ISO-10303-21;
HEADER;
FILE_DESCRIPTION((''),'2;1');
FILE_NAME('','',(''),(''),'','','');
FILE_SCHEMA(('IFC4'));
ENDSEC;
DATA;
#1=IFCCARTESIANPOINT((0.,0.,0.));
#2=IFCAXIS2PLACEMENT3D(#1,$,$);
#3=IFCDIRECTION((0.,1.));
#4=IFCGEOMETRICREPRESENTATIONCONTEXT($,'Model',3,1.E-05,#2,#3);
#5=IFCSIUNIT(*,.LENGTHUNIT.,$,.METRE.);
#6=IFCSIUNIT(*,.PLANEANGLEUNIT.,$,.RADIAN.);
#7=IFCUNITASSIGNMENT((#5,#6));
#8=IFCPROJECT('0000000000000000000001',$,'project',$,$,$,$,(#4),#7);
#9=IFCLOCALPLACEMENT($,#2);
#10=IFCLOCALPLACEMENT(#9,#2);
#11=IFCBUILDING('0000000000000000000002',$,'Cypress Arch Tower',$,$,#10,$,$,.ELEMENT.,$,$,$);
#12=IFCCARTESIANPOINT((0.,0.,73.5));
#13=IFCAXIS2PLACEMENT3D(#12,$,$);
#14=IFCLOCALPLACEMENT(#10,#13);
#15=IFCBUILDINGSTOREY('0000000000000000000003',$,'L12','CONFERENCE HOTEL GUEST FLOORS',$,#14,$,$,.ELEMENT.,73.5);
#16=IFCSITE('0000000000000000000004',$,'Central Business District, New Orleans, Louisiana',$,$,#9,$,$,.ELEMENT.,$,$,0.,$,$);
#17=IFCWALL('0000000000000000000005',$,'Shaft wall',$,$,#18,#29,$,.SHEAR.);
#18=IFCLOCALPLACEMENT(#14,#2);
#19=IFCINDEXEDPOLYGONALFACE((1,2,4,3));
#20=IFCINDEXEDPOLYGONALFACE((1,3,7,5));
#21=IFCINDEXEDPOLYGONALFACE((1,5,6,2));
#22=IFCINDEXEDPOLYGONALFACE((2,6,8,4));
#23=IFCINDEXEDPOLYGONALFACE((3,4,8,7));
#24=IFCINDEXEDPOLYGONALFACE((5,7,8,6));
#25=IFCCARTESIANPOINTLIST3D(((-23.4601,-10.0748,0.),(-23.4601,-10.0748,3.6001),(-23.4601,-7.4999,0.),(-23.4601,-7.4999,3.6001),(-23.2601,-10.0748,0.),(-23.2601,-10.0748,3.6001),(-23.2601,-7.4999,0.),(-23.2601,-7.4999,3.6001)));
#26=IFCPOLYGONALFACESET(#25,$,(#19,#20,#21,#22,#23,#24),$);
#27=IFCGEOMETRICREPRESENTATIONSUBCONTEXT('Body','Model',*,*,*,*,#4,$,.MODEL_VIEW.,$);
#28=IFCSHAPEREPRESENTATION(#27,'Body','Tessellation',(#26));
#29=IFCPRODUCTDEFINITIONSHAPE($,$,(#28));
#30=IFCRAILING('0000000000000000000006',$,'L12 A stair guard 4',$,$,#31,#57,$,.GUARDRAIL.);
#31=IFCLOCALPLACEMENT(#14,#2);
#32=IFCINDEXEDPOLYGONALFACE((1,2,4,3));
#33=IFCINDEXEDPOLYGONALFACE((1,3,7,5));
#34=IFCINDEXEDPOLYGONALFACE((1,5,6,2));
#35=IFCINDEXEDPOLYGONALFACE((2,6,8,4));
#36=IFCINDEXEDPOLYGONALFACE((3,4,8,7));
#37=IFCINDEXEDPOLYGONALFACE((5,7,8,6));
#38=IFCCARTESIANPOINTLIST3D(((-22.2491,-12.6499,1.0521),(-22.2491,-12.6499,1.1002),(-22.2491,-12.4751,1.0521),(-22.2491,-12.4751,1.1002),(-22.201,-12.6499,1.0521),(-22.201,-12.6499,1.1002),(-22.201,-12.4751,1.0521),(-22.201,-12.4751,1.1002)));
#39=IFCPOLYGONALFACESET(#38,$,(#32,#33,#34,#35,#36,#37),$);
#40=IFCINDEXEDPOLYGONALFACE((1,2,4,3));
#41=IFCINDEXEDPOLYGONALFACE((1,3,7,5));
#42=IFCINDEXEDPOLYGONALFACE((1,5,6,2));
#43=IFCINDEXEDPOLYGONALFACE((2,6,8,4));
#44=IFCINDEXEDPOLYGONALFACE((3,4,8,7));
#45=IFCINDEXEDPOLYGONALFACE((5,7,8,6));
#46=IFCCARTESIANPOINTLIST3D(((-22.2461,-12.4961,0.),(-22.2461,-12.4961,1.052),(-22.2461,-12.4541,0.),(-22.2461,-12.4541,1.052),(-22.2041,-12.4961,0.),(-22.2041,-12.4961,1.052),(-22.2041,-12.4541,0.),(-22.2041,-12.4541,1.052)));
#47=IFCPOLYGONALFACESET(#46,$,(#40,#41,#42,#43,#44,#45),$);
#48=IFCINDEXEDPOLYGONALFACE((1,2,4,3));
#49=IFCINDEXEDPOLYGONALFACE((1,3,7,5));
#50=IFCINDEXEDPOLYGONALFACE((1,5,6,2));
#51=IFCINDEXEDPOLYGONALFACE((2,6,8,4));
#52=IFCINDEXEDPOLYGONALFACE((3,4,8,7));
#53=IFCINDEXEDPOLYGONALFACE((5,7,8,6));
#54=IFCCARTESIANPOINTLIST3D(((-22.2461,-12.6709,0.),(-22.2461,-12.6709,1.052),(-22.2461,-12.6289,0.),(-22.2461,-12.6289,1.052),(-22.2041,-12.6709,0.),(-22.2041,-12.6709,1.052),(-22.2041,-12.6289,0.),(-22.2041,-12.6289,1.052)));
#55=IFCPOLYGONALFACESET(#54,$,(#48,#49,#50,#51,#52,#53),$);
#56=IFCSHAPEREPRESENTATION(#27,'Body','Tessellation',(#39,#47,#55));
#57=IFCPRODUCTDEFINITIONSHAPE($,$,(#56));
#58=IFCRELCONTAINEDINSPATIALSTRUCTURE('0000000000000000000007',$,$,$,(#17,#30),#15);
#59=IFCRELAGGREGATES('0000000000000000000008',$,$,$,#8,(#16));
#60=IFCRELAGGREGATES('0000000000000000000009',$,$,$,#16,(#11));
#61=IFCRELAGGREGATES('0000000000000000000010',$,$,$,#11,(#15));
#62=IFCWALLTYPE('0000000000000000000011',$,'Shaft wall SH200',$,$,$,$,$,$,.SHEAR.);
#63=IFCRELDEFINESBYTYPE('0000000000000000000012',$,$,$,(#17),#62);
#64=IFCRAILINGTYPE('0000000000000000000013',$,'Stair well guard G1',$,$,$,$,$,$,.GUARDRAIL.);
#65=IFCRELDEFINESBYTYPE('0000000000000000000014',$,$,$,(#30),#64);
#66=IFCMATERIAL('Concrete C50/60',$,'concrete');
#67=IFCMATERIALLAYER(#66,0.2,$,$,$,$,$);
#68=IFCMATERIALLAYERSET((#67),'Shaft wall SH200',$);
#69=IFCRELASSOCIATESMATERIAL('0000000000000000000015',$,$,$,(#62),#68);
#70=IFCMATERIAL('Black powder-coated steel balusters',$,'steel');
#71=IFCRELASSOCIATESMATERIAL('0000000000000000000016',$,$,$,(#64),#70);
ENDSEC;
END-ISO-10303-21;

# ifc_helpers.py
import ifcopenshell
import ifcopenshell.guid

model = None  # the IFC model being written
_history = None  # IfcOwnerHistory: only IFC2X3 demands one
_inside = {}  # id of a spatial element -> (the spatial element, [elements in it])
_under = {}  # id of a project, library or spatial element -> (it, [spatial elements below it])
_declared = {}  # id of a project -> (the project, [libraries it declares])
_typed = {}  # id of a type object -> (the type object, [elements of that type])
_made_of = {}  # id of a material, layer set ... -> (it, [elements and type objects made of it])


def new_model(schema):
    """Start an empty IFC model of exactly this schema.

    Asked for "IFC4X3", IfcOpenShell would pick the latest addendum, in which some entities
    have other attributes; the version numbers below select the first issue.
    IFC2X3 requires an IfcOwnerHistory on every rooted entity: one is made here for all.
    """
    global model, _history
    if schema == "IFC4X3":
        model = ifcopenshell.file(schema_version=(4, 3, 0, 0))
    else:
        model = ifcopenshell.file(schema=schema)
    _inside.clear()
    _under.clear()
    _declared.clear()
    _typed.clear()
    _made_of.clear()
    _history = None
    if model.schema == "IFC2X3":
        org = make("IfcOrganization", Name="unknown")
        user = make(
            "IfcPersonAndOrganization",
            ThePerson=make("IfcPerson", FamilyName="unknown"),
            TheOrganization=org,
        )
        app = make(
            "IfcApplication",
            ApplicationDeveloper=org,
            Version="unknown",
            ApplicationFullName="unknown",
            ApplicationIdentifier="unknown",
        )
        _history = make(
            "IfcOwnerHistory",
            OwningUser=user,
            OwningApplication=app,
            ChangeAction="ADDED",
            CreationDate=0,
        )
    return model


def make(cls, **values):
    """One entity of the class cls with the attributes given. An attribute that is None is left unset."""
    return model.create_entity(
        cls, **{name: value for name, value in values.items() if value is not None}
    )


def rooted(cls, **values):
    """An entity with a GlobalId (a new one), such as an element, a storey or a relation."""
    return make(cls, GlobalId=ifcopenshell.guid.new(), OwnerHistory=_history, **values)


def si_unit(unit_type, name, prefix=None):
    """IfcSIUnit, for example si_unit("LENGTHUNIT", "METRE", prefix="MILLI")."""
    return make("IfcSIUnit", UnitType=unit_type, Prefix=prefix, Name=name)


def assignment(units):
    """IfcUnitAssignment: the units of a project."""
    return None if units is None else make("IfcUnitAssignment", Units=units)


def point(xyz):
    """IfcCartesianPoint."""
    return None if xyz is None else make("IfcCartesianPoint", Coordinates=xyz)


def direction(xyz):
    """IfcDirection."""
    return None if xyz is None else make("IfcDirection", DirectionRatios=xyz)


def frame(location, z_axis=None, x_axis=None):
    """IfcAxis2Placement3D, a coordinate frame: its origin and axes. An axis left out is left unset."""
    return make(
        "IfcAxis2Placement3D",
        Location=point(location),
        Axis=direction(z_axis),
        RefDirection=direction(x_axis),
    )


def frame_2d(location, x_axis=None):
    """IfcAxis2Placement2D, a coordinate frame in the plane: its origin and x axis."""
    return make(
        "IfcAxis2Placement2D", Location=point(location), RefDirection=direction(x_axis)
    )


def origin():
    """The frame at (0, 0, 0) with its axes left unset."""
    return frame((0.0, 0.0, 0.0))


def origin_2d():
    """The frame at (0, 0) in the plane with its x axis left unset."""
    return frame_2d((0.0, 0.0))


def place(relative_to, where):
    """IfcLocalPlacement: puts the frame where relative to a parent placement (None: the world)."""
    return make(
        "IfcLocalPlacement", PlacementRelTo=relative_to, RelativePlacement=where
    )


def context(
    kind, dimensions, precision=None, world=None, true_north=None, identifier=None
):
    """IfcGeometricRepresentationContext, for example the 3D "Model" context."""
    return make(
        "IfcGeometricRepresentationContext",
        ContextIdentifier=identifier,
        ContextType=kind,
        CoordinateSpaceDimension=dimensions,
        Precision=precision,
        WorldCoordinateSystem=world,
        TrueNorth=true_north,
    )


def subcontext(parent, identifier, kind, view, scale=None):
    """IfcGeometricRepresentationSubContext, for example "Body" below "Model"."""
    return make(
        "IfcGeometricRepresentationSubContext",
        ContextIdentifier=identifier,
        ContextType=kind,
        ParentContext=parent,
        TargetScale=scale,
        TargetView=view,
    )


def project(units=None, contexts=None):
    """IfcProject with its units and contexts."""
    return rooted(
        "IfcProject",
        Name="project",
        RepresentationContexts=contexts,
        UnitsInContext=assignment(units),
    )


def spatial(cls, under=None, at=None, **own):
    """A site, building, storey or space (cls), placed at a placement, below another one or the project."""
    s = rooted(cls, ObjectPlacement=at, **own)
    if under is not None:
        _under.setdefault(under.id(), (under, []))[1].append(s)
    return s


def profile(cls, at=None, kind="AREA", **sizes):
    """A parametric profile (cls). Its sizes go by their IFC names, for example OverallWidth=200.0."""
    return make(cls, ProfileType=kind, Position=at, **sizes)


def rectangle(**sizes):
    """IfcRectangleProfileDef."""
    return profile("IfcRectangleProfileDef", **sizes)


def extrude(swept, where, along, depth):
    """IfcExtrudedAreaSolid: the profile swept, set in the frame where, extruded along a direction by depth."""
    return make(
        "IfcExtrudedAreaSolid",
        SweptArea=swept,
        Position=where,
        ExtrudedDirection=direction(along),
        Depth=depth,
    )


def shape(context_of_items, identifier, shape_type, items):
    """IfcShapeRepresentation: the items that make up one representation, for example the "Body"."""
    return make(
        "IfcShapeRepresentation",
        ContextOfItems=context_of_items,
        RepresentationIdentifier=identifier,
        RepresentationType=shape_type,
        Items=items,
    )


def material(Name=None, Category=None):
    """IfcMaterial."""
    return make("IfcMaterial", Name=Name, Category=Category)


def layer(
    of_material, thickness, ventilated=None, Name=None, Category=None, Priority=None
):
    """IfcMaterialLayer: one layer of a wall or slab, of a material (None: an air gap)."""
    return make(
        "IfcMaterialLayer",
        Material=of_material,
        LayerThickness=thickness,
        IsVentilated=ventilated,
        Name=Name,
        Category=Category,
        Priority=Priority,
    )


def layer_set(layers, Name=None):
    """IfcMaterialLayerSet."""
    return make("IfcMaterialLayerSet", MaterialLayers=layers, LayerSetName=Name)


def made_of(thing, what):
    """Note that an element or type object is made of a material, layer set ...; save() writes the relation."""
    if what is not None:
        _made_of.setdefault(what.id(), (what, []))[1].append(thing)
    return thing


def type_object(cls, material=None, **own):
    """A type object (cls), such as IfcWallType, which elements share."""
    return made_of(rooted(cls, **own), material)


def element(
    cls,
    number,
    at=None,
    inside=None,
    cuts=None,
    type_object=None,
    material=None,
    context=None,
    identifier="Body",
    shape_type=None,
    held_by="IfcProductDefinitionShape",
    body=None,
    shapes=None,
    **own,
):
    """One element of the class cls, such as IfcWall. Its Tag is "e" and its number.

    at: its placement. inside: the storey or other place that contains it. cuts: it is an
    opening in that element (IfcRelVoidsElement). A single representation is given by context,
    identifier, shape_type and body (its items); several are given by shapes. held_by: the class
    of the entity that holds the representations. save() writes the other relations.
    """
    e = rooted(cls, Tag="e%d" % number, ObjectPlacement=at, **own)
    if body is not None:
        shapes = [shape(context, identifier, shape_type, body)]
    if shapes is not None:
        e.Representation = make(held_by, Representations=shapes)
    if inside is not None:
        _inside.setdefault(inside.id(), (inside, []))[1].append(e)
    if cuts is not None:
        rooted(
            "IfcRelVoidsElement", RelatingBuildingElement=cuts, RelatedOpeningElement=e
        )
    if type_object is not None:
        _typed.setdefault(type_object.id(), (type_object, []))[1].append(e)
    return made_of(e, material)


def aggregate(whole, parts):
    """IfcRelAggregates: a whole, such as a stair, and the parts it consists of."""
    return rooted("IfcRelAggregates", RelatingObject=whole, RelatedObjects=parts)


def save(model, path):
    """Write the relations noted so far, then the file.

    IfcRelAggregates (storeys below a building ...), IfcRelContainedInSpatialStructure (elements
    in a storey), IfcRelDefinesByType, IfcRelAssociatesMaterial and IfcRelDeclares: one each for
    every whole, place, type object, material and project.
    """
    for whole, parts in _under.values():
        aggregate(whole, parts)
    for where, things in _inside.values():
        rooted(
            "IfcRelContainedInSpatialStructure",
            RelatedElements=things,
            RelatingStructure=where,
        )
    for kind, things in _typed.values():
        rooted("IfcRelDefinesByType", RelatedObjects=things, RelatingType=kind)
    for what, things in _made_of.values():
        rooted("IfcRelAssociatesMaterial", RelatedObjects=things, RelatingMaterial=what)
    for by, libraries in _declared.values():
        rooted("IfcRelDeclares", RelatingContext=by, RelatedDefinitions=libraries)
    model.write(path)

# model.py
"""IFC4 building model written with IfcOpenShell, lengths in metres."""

from ifc_helpers import new_model, si_unit, direction, frame, frame_2d, origin, origin_2d, place, context, subcontext, project, spatial, rectangle, extrude, material, layer, layer_set, type_object, element, save


model = new_model("IFC4")

# Units and contexts
model_context = context("Model", 3, precision=1e-05, world=origin(), true_north=direction((0.0, 1.0)))
body_context = subcontext(model_context, "Body", "Model", "MODEL_VIEW")
ifc_project = project(units=[si_unit("LENGTHUNIT", "METRE"), si_unit("PLANEANGLEUNIT", "RADIAN")], contexts=[model_context])

# Site, building, storey
site_placement = place(None, origin())
site = spatial("IfcSite", under=ifc_project, at=site_placement, Name="Central Business District, New Orleans, Louisiana", CompositionType="ELEMENT", RefElevation=0.0)
building_placement = place(site_placement, origin())
building = spatial("IfcBuilding", under=site, at=building_placement, Name="Cypress Arch Tower", CompositionType="ELEMENT")
storey_placement = place(building_placement, frame((0.0, 0.0, 73.5)))
storey = spatial("IfcBuildingStorey", under=building, at=storey_placement, Name="L12", Description="CONFERENCE HOTEL GUEST FLOORS", CompositionType="ELEMENT", Elevation=73.5)

# Wall
ifc_material_1 = material(Name="Concrete C50/60", Category="concrete")
ifc_layer_1 = layer(ifc_material_1, 0.2)
ifc_layer_set_1 = layer_set([ifc_layer_1], Name="Shaft wall SH200")
wall_type_1 = type_object("IfcWallType", Name="Shaft wall SH200", PredefinedType="SHEAR", material=ifc_layer_set_1)
wall_1_placement = place(storey_placement, frame((-23.3601, -10.075, 0.0), z_axis=(0.0, 0.0, 1.0), x_axis=(0.0, 1.0, 0.0)))
element("IfcWall", 1, at=wall_1_placement, inside=storey, type_object=wall_type_1, Name="Shaft wall", PredefinedType="SHEAR", context=body_context, shape_type="SweptSolid", body=[
    extrude(rectangle(XDim=2.575, YDim=0.2, at=frame_2d((1.2876, 0.0))), origin(), (0.0, 0.0, 1.0), 3.6001),
])

# Railing
ifc_material_2 = material(Name="Black powder-coated steel balusters", Category="steel")
railing_type = type_object("IfcRailingType", Name="Stair well guard G1", PredefinedType="GUARDRAIL", material=ifc_material_2)
railing_placement = place(storey_placement, frame((-22.2251, -12.4751, 0.0)))
element("IfcRailing", 2, at=railing_placement, inside=storey, type_object=railing_type, Name="L12 A stair guard 4", PredefinedType="GUARDRAIL", context=body_context, shape_type="SweptSolid", body=[
    extrude(rectangle(XDim=0.0481, YDim=0.0481, at=origin_2d()), frame((0.0, 0.0, 1.0762), z_axis=(0.0, -1.0, 0.0), x_axis=(1.0, 0.0, 0.0)), (0.0, 0.0, 1.0), 0.1748),
    extrude(rectangle(XDim=0.042, YDim=0.042, at=origin_2d()), origin(), (0.0, 0.0, 1.0), 1.052),
    extrude(rectangle(XDim=0.042, YDim=0.042, at=origin_2d()), frame((0.0, -0.1748, 0.0)), (0.0, 0.0, 1.0), 1.052),
])

save(model, "model.ifc")
